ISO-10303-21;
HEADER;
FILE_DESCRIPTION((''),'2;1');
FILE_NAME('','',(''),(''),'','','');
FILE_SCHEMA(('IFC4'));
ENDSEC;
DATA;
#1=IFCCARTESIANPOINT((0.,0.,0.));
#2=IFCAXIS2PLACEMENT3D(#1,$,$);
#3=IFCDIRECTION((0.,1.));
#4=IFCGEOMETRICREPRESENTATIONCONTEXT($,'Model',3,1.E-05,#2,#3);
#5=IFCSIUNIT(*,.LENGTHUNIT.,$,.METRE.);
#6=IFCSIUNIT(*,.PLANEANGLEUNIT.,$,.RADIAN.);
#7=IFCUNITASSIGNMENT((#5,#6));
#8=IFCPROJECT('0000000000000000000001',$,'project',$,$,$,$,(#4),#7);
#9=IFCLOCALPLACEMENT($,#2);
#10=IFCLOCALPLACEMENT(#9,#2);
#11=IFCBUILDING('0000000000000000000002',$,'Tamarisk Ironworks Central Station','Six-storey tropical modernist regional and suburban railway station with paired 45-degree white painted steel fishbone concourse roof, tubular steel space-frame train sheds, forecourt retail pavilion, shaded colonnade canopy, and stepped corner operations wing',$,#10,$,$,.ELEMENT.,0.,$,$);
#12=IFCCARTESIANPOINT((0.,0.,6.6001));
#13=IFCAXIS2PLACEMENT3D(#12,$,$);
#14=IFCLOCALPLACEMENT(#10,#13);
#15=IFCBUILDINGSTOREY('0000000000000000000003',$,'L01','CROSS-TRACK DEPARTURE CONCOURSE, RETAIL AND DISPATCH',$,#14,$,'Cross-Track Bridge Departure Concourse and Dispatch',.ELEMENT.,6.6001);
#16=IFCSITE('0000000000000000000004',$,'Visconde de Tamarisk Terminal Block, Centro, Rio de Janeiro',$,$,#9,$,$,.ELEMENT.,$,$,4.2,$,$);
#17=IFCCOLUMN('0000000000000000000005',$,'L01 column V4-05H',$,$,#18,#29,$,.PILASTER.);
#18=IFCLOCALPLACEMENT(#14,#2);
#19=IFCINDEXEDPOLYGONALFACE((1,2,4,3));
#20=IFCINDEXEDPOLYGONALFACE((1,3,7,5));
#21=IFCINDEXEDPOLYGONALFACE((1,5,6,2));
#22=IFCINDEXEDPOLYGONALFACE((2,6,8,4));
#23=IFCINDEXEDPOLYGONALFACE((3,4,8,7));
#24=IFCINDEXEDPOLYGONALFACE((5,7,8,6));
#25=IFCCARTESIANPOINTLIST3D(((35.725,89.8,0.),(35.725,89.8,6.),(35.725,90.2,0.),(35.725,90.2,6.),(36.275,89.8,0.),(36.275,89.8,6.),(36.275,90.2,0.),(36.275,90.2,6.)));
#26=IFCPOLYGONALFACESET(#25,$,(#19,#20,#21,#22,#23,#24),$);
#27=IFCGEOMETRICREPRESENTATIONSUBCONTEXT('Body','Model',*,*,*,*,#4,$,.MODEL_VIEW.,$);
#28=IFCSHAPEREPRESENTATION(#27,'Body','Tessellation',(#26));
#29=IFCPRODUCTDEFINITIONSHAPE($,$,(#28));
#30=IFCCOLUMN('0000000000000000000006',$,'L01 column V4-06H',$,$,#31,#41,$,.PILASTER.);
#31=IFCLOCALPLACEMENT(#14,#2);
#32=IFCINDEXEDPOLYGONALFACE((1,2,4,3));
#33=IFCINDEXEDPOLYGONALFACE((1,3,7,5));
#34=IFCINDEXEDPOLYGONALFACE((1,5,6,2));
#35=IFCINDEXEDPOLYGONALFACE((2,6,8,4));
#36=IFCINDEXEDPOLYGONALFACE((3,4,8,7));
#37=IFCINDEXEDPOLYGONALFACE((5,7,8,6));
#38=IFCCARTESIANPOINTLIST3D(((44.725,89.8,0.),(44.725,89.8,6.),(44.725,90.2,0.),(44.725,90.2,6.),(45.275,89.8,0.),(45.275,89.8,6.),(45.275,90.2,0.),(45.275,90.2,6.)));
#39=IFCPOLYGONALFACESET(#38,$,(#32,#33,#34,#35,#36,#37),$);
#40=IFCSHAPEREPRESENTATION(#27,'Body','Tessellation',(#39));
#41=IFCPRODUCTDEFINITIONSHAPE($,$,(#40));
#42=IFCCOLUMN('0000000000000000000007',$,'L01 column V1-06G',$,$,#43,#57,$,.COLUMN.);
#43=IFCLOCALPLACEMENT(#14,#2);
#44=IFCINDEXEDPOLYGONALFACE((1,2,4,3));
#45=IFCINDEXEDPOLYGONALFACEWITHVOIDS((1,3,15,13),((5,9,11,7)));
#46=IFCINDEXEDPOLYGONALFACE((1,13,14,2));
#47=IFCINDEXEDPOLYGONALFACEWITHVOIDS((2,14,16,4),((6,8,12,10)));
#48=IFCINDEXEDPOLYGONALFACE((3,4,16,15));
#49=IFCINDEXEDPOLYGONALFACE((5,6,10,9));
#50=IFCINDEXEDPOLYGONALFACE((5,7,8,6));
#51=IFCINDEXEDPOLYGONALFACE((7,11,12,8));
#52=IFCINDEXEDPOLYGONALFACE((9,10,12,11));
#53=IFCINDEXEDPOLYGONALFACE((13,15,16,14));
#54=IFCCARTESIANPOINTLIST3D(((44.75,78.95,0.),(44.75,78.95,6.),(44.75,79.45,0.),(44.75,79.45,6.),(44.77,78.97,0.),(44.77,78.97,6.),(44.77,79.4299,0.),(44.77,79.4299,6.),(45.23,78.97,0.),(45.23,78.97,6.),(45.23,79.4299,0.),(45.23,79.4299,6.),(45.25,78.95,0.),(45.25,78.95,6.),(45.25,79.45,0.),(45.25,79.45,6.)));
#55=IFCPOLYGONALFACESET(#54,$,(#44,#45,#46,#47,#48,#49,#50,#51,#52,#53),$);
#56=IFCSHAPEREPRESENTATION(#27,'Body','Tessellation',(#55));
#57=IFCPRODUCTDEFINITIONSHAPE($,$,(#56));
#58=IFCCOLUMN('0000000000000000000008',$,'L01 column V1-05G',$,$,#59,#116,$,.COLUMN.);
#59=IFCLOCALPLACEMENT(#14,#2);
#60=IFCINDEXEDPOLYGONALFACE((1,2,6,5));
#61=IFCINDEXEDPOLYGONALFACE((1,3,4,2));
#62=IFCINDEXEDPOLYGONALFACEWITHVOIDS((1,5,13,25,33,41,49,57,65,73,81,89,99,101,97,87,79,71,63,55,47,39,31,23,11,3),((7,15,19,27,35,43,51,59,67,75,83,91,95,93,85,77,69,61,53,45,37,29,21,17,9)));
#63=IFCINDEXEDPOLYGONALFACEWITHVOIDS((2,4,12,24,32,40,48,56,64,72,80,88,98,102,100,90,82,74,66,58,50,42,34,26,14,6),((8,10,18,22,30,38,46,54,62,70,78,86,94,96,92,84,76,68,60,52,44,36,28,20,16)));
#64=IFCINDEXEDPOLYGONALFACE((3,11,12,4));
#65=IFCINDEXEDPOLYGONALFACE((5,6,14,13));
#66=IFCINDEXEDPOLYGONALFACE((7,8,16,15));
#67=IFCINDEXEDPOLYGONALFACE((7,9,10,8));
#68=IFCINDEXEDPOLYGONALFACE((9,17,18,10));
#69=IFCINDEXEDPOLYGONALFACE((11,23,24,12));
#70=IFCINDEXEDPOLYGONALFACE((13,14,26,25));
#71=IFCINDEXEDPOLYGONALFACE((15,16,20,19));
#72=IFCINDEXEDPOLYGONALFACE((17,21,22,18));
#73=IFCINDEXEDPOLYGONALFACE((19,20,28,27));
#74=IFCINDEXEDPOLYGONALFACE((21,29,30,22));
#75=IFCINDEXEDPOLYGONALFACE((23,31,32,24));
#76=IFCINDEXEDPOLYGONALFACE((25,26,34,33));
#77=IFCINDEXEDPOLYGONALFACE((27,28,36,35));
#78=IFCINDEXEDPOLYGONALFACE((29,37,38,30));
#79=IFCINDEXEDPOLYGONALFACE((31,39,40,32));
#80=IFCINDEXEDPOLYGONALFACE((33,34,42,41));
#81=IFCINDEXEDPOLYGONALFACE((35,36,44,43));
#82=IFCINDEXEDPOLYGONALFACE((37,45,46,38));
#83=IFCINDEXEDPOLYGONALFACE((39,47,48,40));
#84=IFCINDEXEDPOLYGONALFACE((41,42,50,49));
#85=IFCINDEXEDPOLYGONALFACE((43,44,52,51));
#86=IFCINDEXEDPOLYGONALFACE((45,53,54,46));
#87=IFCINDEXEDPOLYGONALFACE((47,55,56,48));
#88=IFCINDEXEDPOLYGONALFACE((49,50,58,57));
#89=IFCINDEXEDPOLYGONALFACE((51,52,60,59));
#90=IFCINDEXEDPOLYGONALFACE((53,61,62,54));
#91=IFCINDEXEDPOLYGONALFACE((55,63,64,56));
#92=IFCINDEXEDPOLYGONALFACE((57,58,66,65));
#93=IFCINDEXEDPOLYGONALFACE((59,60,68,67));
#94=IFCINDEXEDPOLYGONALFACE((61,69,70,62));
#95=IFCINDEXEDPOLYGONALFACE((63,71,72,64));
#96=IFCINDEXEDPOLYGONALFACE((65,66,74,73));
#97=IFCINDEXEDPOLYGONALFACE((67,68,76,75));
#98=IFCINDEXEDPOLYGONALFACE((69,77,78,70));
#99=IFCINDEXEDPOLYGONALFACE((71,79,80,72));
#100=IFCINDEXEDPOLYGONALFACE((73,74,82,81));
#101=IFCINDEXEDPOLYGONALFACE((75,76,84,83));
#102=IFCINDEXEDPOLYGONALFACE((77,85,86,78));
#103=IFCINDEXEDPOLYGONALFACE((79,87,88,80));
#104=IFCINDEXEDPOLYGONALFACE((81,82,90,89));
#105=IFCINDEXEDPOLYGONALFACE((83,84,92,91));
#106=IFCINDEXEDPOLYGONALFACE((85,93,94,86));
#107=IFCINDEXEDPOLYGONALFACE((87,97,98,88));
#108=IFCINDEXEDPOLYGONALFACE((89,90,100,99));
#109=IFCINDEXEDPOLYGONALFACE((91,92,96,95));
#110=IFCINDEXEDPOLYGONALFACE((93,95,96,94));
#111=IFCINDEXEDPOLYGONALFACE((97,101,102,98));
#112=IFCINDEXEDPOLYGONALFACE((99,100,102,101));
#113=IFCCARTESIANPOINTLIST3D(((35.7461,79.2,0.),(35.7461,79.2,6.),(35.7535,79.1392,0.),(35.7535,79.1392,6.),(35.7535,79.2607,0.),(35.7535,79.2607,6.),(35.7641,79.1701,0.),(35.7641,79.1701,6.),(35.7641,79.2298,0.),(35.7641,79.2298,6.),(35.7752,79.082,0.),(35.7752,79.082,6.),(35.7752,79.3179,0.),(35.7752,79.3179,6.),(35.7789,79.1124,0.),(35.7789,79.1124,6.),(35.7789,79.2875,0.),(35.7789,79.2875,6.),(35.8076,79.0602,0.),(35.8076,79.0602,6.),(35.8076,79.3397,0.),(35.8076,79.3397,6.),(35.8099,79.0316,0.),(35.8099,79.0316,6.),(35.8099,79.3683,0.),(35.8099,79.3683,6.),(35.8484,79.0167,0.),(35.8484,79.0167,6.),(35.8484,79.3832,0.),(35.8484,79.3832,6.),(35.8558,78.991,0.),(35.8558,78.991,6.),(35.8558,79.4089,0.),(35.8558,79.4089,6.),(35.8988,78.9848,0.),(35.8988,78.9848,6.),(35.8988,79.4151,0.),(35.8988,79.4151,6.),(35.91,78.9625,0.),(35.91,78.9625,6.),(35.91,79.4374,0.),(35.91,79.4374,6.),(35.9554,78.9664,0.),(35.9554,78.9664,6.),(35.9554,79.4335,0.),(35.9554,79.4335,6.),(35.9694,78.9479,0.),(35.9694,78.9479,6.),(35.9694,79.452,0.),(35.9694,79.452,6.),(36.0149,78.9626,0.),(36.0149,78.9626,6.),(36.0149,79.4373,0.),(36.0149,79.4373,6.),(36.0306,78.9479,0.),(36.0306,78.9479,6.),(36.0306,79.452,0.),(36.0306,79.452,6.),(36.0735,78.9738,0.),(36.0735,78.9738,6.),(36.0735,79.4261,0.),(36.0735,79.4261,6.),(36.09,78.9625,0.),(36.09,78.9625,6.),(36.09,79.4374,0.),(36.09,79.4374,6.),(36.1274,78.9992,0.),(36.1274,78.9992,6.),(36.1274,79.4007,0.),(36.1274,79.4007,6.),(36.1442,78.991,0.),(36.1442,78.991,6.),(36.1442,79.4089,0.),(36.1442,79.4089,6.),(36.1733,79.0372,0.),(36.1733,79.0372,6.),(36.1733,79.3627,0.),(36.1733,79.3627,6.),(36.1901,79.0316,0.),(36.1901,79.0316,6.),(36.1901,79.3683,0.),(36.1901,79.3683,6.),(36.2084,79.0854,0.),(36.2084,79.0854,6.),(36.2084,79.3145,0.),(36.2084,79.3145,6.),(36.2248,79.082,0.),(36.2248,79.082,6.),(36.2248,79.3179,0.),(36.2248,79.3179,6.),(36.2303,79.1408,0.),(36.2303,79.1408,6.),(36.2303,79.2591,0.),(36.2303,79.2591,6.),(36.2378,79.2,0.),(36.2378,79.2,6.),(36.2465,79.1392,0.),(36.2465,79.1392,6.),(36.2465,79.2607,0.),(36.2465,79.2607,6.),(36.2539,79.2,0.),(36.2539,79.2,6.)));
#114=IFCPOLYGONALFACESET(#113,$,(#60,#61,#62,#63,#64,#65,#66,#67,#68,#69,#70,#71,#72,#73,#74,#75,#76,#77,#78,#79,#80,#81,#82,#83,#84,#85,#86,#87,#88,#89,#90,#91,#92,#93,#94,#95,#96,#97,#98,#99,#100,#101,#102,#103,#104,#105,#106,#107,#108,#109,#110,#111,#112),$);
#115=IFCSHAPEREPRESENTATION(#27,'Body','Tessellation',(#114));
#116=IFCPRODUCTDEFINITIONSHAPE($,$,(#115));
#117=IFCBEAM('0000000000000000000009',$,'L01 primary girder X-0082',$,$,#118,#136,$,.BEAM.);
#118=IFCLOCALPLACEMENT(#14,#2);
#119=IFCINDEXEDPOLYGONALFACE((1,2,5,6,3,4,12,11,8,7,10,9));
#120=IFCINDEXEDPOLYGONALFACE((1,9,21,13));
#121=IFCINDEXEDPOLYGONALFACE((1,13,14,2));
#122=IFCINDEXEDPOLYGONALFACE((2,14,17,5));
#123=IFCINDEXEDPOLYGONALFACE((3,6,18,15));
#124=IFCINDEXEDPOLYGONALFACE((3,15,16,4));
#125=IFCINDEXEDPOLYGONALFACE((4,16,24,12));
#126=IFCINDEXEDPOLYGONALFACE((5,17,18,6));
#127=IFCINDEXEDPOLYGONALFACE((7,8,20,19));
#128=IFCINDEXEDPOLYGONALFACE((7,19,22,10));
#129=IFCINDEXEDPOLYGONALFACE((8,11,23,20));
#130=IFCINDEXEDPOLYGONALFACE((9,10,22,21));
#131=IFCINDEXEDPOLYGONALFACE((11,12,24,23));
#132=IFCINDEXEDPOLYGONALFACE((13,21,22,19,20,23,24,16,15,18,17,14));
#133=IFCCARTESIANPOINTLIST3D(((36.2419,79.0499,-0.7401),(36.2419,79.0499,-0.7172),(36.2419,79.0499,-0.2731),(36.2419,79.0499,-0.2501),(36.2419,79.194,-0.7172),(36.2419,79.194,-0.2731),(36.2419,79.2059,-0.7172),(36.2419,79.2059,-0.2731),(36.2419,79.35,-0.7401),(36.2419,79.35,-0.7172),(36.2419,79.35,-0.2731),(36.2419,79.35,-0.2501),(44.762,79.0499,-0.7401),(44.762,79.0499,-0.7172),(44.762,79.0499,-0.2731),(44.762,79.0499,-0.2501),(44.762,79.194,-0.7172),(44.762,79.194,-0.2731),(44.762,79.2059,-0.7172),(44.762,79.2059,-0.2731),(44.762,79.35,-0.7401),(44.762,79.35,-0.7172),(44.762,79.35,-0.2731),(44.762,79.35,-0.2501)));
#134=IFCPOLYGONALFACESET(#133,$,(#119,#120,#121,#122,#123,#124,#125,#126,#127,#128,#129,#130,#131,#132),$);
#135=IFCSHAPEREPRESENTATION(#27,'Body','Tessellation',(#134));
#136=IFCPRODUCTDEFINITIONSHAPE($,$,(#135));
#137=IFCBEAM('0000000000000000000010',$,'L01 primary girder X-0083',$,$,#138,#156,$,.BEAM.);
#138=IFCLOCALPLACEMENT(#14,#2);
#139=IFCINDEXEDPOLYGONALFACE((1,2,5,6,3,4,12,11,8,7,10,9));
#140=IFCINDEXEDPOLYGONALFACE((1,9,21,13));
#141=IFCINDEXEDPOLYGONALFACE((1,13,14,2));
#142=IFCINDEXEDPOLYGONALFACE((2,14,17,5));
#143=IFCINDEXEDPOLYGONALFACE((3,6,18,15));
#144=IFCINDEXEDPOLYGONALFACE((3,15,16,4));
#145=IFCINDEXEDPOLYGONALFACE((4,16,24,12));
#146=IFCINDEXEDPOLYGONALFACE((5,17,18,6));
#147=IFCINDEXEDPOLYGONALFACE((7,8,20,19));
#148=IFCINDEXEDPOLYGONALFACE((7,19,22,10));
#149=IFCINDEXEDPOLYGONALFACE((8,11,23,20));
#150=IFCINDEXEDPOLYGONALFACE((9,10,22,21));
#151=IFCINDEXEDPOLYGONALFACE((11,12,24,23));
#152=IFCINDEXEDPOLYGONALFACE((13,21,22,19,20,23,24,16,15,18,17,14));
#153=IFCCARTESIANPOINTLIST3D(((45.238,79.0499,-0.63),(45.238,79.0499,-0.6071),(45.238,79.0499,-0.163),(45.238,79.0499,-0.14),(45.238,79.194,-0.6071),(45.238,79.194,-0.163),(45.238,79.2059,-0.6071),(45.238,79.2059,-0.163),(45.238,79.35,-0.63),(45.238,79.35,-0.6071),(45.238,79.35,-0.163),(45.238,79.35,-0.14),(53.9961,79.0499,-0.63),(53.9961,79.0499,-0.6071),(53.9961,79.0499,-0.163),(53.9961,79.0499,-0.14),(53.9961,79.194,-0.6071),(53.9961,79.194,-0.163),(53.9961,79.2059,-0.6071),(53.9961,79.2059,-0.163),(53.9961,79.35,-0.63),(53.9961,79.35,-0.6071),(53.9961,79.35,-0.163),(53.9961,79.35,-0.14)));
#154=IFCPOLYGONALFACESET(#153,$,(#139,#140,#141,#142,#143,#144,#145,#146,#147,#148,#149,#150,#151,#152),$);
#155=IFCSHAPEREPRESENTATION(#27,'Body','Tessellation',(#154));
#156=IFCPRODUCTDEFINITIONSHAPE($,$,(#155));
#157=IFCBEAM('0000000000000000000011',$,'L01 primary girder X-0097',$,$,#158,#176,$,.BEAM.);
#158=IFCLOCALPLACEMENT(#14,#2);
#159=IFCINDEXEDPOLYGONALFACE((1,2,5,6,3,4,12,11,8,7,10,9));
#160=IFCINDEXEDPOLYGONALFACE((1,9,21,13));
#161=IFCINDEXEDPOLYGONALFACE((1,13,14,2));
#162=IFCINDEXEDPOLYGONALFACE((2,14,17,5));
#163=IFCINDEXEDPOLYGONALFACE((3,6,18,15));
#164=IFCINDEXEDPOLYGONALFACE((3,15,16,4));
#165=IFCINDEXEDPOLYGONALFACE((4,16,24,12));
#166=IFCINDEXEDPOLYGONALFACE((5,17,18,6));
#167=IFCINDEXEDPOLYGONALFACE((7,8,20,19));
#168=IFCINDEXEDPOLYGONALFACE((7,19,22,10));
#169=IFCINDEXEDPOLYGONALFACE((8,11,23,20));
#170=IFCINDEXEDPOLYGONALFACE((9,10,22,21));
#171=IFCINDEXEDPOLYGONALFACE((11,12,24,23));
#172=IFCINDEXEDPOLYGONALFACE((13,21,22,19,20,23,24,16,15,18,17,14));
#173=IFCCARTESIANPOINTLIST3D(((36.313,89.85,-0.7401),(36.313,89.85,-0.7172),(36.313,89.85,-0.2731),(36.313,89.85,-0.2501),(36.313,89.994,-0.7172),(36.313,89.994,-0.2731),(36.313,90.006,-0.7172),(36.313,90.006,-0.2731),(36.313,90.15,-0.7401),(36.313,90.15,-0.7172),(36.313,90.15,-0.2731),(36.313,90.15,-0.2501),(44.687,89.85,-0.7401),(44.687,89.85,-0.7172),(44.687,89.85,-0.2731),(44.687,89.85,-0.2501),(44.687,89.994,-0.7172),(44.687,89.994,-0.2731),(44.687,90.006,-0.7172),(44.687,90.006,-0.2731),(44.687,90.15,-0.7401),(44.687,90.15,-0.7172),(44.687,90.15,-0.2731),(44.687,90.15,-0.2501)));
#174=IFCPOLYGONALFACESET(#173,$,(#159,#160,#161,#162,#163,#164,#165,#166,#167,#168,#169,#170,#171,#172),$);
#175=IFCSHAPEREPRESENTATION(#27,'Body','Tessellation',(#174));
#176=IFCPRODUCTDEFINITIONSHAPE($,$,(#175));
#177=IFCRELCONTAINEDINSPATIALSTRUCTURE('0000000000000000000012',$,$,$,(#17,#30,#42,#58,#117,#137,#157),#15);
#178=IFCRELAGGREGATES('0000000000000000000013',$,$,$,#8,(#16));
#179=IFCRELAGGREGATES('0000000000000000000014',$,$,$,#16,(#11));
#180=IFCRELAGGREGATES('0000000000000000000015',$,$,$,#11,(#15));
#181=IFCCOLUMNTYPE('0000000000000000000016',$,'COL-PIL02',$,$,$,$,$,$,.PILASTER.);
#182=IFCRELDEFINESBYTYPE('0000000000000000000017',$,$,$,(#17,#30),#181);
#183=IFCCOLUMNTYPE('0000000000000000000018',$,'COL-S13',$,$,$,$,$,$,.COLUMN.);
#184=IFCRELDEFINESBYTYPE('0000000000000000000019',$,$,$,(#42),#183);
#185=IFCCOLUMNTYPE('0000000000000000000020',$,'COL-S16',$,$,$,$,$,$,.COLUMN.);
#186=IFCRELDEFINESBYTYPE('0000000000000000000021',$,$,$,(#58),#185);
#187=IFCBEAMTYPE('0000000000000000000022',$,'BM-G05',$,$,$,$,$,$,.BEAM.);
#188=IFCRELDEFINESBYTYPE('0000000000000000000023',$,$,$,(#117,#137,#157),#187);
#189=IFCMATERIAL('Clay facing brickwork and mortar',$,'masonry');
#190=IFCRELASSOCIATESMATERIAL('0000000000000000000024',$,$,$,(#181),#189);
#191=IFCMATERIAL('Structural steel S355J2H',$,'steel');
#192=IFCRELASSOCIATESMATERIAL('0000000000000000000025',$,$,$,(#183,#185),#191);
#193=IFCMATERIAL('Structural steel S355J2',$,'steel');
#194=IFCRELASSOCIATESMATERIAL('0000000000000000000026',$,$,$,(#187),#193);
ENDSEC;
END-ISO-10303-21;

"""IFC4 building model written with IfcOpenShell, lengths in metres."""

from ifc_helpers import new_model, si_unit, direction, frame, origin, origin_2d, place, context, subcontext, project, spatial, rectangle, hollow_rectangle, hollow_circle, i_section, extrude, material, material_profile, profile_set, type_object, element, save


model = new_model("IFC4")

# Units and contexts
model_context = context("Model", 3, precision=1e-05, world=origin(), true_north=direction((0.0, 1.0)))
body_context = subcontext(model_context, "Body", "Model", "MODEL_VIEW")
ifc_project = project(units=[si_unit("LENGTHUNIT", "METRE"), si_unit("PLANEANGLEUNIT", "RADIAN")], contexts=[model_context])

# Site, building, storey
site_placement = place(None, origin())
site = spatial("IfcSite", under=ifc_project, at=site_placement, Name="Visconde de Tamarisk Terminal Block, Centro, Rio de Janeiro", CompositionType="ELEMENT", RefElevation=4.2)
building_placement = place(site_placement, origin())
building = spatial("IfcBuilding", under=site, at=building_placement, Name="Tamarisk Ironworks Central Station", Description="Six-storey tropical modernist regional and suburban railway station with paired 45-degree white painted steel fishbone concourse roof, tubular steel space-frame train sheds, forecourt retail pavilion, shaded colonnade canopy, and stepped corner operations wing", CompositionType="ELEMENT", ElevationOfRefHeight=0.0)
storey_placement = place(building_placement, frame((0.0, 0.0, 6.6001)))
storey = spatial("IfcBuildingStorey", under=building, at=storey_placement, Name="L01", Description="CROSS-TRACK DEPARTURE CONCOURSE, RETAIL AND DISPATCH", LongName="Cross-Track Bridge Departure Concourse and Dispatch", CompositionType="ELEMENT", Elevation=6.6001)

# Columns
ifc_material_1 = material(Name="Clay facing brickwork and mortar", Category="masonry")
ifc_material_profile_1 = material_profile(ifc_material_1, rectangle(XDim=0.55, YDim=0.3999, at=origin_2d()), Name="PIL 550x400")
ifc_profile_set_1 = profile_set([ifc_material_profile_1], Name="Clay facing brickwork and mortar")
column_type_1 = type_object("IfcColumnType", Name="COL-PIL02", PredefinedType="PILASTER", material=ifc_profile_set_1)
for number, where, z_axis, x_axis, name in (
    (1, (36.0, 90.0, 0.0), (0.0, 0.0, 1.0), (1.0, 0.0, 0.0), "L01 column V4-05H"),
    (2, (45.0, 90.0, 0.0), (0.0, 0.0, 1.0), (1.0, 0.0, 0.0), "L01 column V4-06H"),
):
    element("IfcColumn", number, at=place(storey_placement, frame(where, z_axis=z_axis, x_axis=x_axis)), inside=storey, type_object=column_type_1, Name=name, PredefinedType="PILASTER", context=body_context, shape_type="SweptSolid", body=[
        extrude(rectangle(XDim=0.55, YDim=0.3999, at=origin_2d()), origin(), (0.0, 0.0, 1.0), 6.0),
    ])
ifc_material_2 = material(Name="Structural steel S355J2H", Category="steel")
ifc_material_profile_2 = material_profile(ifc_material_2, hollow_rectangle(XDim=0.5, YDim=0.5, WallThickness=0.02, at=origin_2d()), Name="SHS 500x500x20")
ifc_profile_set_2 = profile_set([ifc_material_profile_2], Name="Structural steel S355J2H")
column_type_2 = type_object("IfcColumnType", Name="COL-S13", PredefinedType="COLUMN", material=ifc_profile_set_2)
column_1_placement = place(storey_placement, frame((45.0, 79.2, 0.0), z_axis=(0.0, 0.0, 1.0), x_axis=(1.0, 0.0, 0.0)))
element("IfcColumn", 3, at=column_1_placement, inside=storey, type_object=column_type_2, Name="L01 column V1-06G", PredefinedType="COLUMN", context=body_context, shape_type="SweptSolid", body=[
    extrude(hollow_rectangle(XDim=0.5, YDim=0.5, WallThickness=0.02, at=origin_2d()), origin(), (0.0, 0.0, 1.0), 6.0),
])
ifc_material_profile_3 = material_profile(ifc_material_2, hollow_circle(Radius=0.2539, WallThickness=0.0161, at=origin_2d()), Name="CHS 508x16")
ifc_profile_set_3 = profile_set([ifc_material_profile_3], Name="Structural steel S355J2H")
column_type_3 = type_object("IfcColumnType", Name="COL-S16", PredefinedType="COLUMN", material=ifc_profile_set_3)
column_2_placement = place(storey_placement, frame((36.0, 79.2, 0.0), z_axis=(0.0, 0.0, 1.0), x_axis=(1.0, 0.0, 0.0)))
element("IfcColumn", 4, at=column_2_placement, inside=storey, type_object=column_type_3, Name="L01 column V1-05G", PredefinedType="COLUMN", context=body_context, shape_type="SweptSolid", body=[
    extrude(hollow_circle(Radius=0.2539, WallThickness=0.0161, at=origin_2d()), origin(), (0.0, 0.0, 1.0), 6.0),
])

# Beams
ifc_material_3 = material(Name="Structural steel S355J2", Category="steel")
ifc_material_profile_4 = material_profile(ifc_material_3, i_section(OverallWidth=0.3, OverallDepth=0.49, WebThickness=0.012, FlangeThickness=0.0229, at=origin_2d()), Name="HEA 500")
ifc_profile_set_4 = profile_set([ifc_material_profile_4], Name="Structural steel S355J2")
beam_type = type_object("IfcBeamType", Name="BM-G05", PredefinedType="BEAM", material=ifc_profile_set_4)
beam_1_placement = place(storey_placement, frame((36.2419, 79.2, -0.4951), z_axis=(1.0, 0.0, 0.0), x_axis=(0.0, 1.0, 0.0)))
element("IfcBeam", 5, at=beam_1_placement, inside=storey, type_object=beam_type, Name="L01 primary girder X-0082", PredefinedType="BEAM", context=body_context, shape_type="SweptSolid", body=[
    extrude(i_section(OverallWidth=0.3, OverallDepth=0.49, WebThickness=0.012, FlangeThickness=0.0229, at=origin_2d()), origin(), (0.0, 0.0, 1.0), 8.52),
])
beam_2_placement = place(storey_placement, frame((45.238, 79.2, -0.385), z_axis=(1.0, 0.0, 0.0), x_axis=(0.0, 1.0, 0.0)))
element("IfcBeam", 6, at=beam_2_placement, inside=storey, type_object=beam_type, Name="L01 primary girder X-0083", PredefinedType="BEAM", context=body_context, shape_type="SweptSolid", body=[
    extrude(i_section(OverallWidth=0.3, OverallDepth=0.49, WebThickness=0.012, FlangeThickness=0.0229, at=origin_2d()), origin(), (0.0, 0.0, 1.0), 8.7581),
])
beam_3_placement = place(storey_placement, frame((36.313, 90.0, -0.4951), z_axis=(1.0, 0.0, 0.0), x_axis=(0.0, 1.0, 0.0)))
element("IfcBeam", 7, at=beam_3_placement, inside=storey, type_object=beam_type, Name="L01 primary girder X-0097", PredefinedType="BEAM", context=body_context, shape_type="SweptSolid", body=[
    extrude(i_section(OverallWidth=0.3, OverallDepth=0.49, WebThickness=0.012, FlangeThickness=0.0229, at=origin_2d()), origin(), (0.0, 0.0, 1.0), 8.374),
])

save(model, "model.ifc")
